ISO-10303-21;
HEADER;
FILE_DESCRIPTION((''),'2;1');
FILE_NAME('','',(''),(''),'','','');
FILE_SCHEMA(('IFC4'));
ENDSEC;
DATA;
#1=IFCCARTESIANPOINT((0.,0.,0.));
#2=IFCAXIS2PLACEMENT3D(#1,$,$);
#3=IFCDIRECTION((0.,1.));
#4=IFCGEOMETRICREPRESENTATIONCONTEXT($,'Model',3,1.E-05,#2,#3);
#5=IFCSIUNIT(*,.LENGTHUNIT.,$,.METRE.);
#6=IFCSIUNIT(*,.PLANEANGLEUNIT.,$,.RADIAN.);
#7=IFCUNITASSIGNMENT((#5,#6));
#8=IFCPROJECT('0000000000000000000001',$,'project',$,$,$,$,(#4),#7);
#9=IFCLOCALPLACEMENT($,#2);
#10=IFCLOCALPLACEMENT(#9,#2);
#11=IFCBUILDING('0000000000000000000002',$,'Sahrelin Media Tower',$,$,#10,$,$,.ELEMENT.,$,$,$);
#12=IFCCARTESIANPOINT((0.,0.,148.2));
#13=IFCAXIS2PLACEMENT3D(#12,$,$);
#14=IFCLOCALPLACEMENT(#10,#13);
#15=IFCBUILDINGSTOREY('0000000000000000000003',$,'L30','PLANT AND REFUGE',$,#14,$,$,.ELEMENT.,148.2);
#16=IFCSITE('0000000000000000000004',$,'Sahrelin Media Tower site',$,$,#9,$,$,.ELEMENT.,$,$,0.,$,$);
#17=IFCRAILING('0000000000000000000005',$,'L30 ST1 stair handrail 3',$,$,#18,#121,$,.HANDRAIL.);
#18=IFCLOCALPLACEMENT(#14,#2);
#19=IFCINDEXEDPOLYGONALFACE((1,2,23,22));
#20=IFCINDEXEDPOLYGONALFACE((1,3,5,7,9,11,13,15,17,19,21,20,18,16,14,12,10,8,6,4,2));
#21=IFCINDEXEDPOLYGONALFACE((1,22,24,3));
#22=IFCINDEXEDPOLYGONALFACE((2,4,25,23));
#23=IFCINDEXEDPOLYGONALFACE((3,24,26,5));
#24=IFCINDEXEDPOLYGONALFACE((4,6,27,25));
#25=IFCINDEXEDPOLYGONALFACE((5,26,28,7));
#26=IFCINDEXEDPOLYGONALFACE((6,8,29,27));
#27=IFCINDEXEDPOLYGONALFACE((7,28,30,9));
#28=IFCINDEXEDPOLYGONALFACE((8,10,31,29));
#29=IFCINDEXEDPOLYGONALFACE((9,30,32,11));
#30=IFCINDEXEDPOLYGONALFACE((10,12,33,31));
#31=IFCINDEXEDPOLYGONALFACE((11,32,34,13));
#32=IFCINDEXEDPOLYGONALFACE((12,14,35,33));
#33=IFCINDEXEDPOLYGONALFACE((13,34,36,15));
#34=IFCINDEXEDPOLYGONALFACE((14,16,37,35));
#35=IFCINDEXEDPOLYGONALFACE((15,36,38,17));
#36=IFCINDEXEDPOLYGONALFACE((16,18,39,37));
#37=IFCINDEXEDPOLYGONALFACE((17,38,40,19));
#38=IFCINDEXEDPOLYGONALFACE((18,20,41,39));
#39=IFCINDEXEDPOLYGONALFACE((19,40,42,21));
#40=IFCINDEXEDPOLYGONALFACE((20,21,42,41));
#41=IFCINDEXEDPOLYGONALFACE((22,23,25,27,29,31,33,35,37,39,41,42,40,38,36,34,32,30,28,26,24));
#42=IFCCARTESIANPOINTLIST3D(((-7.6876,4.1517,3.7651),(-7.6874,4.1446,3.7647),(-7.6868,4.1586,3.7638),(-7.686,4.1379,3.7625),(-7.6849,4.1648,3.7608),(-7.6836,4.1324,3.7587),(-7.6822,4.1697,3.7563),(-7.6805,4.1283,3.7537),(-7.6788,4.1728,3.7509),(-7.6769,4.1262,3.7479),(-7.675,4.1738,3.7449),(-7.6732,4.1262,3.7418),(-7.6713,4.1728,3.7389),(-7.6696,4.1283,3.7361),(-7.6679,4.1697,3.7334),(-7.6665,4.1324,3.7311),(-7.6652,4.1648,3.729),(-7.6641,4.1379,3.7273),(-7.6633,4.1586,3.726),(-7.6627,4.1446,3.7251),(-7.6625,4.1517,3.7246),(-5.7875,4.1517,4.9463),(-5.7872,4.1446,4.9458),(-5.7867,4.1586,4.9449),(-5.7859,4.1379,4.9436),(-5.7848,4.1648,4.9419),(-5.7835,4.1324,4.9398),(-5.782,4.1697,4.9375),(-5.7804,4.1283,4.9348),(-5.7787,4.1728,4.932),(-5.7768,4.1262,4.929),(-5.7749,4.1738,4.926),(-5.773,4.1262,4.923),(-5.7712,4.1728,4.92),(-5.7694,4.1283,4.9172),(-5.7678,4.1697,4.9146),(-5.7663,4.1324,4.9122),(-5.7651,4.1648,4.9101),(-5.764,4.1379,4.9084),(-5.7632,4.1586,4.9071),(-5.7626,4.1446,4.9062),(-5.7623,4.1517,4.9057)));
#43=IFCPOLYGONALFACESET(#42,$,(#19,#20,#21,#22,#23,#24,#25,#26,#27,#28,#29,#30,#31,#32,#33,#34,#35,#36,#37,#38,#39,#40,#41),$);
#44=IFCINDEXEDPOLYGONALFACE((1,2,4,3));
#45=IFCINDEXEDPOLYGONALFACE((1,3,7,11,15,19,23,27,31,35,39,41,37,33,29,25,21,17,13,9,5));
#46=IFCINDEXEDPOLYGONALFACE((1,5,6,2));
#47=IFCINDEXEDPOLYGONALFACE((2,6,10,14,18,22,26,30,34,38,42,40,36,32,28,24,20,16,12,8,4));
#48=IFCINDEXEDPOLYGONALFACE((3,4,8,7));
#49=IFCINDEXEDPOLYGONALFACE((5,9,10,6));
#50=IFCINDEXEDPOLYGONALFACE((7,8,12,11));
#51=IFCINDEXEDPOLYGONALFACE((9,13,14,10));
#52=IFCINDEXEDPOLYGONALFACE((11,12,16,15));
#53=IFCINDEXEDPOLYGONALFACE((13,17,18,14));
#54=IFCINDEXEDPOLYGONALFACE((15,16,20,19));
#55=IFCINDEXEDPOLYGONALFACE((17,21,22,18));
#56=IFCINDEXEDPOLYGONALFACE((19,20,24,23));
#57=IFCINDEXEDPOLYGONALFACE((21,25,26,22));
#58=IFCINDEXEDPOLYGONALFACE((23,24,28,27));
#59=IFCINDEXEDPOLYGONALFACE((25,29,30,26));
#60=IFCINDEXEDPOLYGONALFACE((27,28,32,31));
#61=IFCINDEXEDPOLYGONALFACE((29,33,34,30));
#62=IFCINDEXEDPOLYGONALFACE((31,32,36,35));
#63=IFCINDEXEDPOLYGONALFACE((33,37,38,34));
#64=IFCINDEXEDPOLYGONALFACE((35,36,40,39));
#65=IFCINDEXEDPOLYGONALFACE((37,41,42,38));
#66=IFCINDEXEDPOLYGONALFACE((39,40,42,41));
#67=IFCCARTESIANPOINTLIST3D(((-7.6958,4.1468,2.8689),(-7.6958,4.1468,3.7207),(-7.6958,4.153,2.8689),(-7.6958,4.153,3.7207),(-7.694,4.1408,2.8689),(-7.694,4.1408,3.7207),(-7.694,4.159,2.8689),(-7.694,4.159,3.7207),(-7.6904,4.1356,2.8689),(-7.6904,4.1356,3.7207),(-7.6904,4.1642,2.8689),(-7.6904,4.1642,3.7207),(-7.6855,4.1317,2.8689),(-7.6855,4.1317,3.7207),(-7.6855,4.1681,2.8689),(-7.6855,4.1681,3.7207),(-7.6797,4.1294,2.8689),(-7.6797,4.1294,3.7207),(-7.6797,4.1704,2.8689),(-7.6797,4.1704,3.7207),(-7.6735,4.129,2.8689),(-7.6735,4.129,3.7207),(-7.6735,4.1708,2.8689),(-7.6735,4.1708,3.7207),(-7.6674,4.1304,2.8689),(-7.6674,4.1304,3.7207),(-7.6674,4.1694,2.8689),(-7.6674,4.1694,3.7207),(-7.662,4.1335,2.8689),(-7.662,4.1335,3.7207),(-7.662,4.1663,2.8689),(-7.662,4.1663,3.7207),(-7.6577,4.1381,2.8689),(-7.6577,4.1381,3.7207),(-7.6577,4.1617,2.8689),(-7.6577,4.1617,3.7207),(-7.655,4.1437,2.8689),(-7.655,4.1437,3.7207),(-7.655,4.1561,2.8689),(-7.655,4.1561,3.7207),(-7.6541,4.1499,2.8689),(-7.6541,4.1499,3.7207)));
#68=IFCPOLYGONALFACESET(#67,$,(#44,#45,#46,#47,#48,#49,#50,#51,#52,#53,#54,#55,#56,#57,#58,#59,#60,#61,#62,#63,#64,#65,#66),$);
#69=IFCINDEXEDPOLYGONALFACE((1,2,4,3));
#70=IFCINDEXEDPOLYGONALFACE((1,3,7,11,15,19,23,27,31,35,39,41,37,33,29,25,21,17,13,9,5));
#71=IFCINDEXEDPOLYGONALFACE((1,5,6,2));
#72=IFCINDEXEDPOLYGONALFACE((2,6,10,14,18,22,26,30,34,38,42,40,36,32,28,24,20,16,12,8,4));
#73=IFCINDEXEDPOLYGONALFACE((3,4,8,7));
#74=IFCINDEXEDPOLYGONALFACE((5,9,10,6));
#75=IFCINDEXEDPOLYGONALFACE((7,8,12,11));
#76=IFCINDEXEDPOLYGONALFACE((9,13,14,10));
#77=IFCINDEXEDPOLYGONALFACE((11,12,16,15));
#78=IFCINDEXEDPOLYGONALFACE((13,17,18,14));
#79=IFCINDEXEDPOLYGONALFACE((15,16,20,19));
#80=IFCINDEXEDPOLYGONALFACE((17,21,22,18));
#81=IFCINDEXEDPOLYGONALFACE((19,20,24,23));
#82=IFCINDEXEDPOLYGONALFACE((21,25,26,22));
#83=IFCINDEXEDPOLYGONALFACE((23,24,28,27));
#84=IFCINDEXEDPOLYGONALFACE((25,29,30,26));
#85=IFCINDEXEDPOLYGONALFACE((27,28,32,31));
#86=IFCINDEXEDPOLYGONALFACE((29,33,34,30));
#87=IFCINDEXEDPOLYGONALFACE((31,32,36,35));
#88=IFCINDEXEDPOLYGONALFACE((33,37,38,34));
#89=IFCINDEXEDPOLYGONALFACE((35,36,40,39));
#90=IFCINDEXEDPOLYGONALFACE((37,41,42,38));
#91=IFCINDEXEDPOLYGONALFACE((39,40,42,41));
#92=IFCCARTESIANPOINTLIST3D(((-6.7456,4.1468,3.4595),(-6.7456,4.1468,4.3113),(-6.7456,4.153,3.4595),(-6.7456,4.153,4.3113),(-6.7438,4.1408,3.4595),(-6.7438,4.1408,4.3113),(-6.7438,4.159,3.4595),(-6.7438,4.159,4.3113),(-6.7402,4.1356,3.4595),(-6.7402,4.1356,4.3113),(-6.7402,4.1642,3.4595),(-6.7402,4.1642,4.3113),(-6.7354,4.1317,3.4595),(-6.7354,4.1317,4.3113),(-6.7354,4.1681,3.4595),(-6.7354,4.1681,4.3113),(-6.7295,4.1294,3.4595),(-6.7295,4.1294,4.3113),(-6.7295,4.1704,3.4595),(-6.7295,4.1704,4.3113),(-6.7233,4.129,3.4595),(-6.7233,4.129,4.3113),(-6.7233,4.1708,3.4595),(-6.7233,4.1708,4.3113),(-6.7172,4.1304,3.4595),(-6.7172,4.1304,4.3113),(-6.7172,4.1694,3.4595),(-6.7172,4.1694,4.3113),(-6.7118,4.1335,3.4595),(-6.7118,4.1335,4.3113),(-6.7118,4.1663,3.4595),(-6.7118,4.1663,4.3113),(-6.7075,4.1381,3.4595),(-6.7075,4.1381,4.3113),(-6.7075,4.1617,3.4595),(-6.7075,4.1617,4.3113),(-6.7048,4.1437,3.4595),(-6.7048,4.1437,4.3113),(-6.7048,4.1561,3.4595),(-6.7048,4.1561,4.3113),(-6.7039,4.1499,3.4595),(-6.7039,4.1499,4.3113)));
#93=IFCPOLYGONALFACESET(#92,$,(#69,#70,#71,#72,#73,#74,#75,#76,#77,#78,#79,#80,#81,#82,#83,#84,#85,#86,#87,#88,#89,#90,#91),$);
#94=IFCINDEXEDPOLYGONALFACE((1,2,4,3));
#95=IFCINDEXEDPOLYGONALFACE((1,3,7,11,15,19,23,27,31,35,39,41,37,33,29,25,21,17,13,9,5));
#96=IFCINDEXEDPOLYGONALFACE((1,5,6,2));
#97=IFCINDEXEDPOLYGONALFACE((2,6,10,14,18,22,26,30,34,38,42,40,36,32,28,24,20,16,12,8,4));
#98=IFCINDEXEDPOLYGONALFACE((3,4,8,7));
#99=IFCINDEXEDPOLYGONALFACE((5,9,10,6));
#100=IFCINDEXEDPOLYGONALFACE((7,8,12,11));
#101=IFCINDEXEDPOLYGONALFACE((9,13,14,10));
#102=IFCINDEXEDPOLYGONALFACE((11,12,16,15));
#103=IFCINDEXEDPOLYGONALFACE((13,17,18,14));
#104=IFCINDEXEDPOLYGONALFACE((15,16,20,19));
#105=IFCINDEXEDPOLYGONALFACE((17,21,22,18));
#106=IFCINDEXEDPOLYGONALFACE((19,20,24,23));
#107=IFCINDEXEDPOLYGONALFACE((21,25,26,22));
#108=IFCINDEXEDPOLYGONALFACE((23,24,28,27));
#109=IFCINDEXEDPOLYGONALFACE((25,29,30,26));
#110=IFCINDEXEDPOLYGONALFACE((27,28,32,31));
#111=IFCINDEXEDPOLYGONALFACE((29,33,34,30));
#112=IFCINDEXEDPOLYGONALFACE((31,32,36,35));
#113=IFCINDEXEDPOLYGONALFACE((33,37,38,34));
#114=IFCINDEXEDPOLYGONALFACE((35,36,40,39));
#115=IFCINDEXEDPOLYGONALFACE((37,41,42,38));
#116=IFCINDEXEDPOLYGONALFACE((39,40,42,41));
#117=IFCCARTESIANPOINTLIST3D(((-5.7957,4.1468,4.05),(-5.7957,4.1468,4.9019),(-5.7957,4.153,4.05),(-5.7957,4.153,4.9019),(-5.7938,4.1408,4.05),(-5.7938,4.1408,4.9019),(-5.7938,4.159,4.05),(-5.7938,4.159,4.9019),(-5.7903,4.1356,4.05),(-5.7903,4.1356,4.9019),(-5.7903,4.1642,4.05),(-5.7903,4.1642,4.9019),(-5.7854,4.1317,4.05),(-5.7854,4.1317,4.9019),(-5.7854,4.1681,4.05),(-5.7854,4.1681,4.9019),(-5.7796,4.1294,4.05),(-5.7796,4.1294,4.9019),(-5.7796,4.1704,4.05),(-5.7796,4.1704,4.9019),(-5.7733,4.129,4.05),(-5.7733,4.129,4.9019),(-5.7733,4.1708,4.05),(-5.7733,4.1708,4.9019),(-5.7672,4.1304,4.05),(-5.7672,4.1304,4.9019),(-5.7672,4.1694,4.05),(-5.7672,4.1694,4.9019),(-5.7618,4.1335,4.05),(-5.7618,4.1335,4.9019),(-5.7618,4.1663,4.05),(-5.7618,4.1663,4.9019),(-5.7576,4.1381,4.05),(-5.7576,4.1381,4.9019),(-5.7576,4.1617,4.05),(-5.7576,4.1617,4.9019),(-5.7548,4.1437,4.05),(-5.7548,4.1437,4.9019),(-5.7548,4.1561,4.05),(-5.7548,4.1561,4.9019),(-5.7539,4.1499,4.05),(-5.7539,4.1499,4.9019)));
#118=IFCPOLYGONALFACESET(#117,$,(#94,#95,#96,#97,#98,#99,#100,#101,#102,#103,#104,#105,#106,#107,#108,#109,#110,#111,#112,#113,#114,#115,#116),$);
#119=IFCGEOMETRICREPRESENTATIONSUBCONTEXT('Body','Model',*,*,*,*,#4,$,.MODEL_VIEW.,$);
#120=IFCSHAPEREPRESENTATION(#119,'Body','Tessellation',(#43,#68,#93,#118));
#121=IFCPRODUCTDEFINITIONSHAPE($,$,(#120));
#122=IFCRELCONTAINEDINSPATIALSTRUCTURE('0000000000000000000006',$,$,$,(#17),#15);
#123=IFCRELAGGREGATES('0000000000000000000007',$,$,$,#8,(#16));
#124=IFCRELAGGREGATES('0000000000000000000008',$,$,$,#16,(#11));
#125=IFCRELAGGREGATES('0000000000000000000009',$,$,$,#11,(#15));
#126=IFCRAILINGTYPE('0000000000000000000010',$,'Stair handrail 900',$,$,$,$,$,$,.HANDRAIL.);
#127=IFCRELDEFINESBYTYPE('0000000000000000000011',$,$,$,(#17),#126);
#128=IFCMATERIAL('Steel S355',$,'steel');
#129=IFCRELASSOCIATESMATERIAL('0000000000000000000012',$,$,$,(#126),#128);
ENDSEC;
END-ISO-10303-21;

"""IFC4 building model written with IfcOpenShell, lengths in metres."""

from ifc_helpers import new_model, si_unit, direction, frame, origin, origin_2d, place, context, subcontext, project, spatial, circle, extrude, material, type_object, element, save


model = new_model("IFC4")

# Units and contexts
model_context = context("Model", 3, precision=1e-05, world=origin(), true_north=direction((0.0, 1.0)))
body_context = subcontext(model_context, "Body", "Model", "MODEL_VIEW")
ifc_project = project(units=[si_unit("LENGTHUNIT", "METRE"), si_unit("PLANEANGLEUNIT", "RADIAN")], contexts=[model_context])

# Site, building, storey
site_placement = place(None, origin())
site = spatial("IfcSite", under=ifc_project, at=site_placement, Name="Sahrelin Media Tower site", CompositionType="ELEMENT", RefElevation=0.0)
building_placement = place(site_placement, origin())
building = spatial("IfcBuilding", under=site, at=building_placement, Name="Sahrelin Media Tower", CompositionType="ELEMENT")
storey_placement = place(building_placement, frame((0.0, 0.0, 148.2)))
storey = spatial("IfcBuildingStorey", under=building, at=storey_placement, Name="L30", Description="PLANT AND REFUGE", CompositionType="ELEMENT", Elevation=148.2)

# Shared definitions
ifc_material_1 = material(Name="Steel S355", Category="steel")

# Railing
railing_type_1 = type_object("IfcRailingType", Name="Stair handrail 900", PredefinedType="HANDRAIL", material=ifc_material_1)
railing_1_placement = place(storey_placement, frame((-7.675, 4.1499, 2.8689)))
element("IfcRailing", 1, at=railing_1_placement, inside=storey, type_object=railing_type_1, Name="L30 ST1 stair handrail 3", PredefinedType="HANDRAIL", context=body_context, shape_type="SweptSolid", body=[
    extrude(circle(Radius=0.0239, at=origin_2d()), frame((0.0, 0.0, 0.876), z_axis=(0.849289, 0.0, 0.527928), x_axis=(0.0, 1.0, 0.0)), (0.0, 0.0, 1.0), 2.2373),
    extrude(circle(Radius=0.021, at=origin_2d()), origin(), (0.0, 0.0, 1.0), 0.8518),
    extrude(circle(Radius=0.021, at=origin_2d()), frame((0.9502, 0.0, 0.5906)), (0.0, 0.0, 1.0), 0.8518),
    extrude(circle(Radius=0.021, at=origin_2d()), frame((1.9001, 0.0, 1.1812)), (0.0, 0.0, 1.0), 0.8518),
])

save(model, "model.ifc")
